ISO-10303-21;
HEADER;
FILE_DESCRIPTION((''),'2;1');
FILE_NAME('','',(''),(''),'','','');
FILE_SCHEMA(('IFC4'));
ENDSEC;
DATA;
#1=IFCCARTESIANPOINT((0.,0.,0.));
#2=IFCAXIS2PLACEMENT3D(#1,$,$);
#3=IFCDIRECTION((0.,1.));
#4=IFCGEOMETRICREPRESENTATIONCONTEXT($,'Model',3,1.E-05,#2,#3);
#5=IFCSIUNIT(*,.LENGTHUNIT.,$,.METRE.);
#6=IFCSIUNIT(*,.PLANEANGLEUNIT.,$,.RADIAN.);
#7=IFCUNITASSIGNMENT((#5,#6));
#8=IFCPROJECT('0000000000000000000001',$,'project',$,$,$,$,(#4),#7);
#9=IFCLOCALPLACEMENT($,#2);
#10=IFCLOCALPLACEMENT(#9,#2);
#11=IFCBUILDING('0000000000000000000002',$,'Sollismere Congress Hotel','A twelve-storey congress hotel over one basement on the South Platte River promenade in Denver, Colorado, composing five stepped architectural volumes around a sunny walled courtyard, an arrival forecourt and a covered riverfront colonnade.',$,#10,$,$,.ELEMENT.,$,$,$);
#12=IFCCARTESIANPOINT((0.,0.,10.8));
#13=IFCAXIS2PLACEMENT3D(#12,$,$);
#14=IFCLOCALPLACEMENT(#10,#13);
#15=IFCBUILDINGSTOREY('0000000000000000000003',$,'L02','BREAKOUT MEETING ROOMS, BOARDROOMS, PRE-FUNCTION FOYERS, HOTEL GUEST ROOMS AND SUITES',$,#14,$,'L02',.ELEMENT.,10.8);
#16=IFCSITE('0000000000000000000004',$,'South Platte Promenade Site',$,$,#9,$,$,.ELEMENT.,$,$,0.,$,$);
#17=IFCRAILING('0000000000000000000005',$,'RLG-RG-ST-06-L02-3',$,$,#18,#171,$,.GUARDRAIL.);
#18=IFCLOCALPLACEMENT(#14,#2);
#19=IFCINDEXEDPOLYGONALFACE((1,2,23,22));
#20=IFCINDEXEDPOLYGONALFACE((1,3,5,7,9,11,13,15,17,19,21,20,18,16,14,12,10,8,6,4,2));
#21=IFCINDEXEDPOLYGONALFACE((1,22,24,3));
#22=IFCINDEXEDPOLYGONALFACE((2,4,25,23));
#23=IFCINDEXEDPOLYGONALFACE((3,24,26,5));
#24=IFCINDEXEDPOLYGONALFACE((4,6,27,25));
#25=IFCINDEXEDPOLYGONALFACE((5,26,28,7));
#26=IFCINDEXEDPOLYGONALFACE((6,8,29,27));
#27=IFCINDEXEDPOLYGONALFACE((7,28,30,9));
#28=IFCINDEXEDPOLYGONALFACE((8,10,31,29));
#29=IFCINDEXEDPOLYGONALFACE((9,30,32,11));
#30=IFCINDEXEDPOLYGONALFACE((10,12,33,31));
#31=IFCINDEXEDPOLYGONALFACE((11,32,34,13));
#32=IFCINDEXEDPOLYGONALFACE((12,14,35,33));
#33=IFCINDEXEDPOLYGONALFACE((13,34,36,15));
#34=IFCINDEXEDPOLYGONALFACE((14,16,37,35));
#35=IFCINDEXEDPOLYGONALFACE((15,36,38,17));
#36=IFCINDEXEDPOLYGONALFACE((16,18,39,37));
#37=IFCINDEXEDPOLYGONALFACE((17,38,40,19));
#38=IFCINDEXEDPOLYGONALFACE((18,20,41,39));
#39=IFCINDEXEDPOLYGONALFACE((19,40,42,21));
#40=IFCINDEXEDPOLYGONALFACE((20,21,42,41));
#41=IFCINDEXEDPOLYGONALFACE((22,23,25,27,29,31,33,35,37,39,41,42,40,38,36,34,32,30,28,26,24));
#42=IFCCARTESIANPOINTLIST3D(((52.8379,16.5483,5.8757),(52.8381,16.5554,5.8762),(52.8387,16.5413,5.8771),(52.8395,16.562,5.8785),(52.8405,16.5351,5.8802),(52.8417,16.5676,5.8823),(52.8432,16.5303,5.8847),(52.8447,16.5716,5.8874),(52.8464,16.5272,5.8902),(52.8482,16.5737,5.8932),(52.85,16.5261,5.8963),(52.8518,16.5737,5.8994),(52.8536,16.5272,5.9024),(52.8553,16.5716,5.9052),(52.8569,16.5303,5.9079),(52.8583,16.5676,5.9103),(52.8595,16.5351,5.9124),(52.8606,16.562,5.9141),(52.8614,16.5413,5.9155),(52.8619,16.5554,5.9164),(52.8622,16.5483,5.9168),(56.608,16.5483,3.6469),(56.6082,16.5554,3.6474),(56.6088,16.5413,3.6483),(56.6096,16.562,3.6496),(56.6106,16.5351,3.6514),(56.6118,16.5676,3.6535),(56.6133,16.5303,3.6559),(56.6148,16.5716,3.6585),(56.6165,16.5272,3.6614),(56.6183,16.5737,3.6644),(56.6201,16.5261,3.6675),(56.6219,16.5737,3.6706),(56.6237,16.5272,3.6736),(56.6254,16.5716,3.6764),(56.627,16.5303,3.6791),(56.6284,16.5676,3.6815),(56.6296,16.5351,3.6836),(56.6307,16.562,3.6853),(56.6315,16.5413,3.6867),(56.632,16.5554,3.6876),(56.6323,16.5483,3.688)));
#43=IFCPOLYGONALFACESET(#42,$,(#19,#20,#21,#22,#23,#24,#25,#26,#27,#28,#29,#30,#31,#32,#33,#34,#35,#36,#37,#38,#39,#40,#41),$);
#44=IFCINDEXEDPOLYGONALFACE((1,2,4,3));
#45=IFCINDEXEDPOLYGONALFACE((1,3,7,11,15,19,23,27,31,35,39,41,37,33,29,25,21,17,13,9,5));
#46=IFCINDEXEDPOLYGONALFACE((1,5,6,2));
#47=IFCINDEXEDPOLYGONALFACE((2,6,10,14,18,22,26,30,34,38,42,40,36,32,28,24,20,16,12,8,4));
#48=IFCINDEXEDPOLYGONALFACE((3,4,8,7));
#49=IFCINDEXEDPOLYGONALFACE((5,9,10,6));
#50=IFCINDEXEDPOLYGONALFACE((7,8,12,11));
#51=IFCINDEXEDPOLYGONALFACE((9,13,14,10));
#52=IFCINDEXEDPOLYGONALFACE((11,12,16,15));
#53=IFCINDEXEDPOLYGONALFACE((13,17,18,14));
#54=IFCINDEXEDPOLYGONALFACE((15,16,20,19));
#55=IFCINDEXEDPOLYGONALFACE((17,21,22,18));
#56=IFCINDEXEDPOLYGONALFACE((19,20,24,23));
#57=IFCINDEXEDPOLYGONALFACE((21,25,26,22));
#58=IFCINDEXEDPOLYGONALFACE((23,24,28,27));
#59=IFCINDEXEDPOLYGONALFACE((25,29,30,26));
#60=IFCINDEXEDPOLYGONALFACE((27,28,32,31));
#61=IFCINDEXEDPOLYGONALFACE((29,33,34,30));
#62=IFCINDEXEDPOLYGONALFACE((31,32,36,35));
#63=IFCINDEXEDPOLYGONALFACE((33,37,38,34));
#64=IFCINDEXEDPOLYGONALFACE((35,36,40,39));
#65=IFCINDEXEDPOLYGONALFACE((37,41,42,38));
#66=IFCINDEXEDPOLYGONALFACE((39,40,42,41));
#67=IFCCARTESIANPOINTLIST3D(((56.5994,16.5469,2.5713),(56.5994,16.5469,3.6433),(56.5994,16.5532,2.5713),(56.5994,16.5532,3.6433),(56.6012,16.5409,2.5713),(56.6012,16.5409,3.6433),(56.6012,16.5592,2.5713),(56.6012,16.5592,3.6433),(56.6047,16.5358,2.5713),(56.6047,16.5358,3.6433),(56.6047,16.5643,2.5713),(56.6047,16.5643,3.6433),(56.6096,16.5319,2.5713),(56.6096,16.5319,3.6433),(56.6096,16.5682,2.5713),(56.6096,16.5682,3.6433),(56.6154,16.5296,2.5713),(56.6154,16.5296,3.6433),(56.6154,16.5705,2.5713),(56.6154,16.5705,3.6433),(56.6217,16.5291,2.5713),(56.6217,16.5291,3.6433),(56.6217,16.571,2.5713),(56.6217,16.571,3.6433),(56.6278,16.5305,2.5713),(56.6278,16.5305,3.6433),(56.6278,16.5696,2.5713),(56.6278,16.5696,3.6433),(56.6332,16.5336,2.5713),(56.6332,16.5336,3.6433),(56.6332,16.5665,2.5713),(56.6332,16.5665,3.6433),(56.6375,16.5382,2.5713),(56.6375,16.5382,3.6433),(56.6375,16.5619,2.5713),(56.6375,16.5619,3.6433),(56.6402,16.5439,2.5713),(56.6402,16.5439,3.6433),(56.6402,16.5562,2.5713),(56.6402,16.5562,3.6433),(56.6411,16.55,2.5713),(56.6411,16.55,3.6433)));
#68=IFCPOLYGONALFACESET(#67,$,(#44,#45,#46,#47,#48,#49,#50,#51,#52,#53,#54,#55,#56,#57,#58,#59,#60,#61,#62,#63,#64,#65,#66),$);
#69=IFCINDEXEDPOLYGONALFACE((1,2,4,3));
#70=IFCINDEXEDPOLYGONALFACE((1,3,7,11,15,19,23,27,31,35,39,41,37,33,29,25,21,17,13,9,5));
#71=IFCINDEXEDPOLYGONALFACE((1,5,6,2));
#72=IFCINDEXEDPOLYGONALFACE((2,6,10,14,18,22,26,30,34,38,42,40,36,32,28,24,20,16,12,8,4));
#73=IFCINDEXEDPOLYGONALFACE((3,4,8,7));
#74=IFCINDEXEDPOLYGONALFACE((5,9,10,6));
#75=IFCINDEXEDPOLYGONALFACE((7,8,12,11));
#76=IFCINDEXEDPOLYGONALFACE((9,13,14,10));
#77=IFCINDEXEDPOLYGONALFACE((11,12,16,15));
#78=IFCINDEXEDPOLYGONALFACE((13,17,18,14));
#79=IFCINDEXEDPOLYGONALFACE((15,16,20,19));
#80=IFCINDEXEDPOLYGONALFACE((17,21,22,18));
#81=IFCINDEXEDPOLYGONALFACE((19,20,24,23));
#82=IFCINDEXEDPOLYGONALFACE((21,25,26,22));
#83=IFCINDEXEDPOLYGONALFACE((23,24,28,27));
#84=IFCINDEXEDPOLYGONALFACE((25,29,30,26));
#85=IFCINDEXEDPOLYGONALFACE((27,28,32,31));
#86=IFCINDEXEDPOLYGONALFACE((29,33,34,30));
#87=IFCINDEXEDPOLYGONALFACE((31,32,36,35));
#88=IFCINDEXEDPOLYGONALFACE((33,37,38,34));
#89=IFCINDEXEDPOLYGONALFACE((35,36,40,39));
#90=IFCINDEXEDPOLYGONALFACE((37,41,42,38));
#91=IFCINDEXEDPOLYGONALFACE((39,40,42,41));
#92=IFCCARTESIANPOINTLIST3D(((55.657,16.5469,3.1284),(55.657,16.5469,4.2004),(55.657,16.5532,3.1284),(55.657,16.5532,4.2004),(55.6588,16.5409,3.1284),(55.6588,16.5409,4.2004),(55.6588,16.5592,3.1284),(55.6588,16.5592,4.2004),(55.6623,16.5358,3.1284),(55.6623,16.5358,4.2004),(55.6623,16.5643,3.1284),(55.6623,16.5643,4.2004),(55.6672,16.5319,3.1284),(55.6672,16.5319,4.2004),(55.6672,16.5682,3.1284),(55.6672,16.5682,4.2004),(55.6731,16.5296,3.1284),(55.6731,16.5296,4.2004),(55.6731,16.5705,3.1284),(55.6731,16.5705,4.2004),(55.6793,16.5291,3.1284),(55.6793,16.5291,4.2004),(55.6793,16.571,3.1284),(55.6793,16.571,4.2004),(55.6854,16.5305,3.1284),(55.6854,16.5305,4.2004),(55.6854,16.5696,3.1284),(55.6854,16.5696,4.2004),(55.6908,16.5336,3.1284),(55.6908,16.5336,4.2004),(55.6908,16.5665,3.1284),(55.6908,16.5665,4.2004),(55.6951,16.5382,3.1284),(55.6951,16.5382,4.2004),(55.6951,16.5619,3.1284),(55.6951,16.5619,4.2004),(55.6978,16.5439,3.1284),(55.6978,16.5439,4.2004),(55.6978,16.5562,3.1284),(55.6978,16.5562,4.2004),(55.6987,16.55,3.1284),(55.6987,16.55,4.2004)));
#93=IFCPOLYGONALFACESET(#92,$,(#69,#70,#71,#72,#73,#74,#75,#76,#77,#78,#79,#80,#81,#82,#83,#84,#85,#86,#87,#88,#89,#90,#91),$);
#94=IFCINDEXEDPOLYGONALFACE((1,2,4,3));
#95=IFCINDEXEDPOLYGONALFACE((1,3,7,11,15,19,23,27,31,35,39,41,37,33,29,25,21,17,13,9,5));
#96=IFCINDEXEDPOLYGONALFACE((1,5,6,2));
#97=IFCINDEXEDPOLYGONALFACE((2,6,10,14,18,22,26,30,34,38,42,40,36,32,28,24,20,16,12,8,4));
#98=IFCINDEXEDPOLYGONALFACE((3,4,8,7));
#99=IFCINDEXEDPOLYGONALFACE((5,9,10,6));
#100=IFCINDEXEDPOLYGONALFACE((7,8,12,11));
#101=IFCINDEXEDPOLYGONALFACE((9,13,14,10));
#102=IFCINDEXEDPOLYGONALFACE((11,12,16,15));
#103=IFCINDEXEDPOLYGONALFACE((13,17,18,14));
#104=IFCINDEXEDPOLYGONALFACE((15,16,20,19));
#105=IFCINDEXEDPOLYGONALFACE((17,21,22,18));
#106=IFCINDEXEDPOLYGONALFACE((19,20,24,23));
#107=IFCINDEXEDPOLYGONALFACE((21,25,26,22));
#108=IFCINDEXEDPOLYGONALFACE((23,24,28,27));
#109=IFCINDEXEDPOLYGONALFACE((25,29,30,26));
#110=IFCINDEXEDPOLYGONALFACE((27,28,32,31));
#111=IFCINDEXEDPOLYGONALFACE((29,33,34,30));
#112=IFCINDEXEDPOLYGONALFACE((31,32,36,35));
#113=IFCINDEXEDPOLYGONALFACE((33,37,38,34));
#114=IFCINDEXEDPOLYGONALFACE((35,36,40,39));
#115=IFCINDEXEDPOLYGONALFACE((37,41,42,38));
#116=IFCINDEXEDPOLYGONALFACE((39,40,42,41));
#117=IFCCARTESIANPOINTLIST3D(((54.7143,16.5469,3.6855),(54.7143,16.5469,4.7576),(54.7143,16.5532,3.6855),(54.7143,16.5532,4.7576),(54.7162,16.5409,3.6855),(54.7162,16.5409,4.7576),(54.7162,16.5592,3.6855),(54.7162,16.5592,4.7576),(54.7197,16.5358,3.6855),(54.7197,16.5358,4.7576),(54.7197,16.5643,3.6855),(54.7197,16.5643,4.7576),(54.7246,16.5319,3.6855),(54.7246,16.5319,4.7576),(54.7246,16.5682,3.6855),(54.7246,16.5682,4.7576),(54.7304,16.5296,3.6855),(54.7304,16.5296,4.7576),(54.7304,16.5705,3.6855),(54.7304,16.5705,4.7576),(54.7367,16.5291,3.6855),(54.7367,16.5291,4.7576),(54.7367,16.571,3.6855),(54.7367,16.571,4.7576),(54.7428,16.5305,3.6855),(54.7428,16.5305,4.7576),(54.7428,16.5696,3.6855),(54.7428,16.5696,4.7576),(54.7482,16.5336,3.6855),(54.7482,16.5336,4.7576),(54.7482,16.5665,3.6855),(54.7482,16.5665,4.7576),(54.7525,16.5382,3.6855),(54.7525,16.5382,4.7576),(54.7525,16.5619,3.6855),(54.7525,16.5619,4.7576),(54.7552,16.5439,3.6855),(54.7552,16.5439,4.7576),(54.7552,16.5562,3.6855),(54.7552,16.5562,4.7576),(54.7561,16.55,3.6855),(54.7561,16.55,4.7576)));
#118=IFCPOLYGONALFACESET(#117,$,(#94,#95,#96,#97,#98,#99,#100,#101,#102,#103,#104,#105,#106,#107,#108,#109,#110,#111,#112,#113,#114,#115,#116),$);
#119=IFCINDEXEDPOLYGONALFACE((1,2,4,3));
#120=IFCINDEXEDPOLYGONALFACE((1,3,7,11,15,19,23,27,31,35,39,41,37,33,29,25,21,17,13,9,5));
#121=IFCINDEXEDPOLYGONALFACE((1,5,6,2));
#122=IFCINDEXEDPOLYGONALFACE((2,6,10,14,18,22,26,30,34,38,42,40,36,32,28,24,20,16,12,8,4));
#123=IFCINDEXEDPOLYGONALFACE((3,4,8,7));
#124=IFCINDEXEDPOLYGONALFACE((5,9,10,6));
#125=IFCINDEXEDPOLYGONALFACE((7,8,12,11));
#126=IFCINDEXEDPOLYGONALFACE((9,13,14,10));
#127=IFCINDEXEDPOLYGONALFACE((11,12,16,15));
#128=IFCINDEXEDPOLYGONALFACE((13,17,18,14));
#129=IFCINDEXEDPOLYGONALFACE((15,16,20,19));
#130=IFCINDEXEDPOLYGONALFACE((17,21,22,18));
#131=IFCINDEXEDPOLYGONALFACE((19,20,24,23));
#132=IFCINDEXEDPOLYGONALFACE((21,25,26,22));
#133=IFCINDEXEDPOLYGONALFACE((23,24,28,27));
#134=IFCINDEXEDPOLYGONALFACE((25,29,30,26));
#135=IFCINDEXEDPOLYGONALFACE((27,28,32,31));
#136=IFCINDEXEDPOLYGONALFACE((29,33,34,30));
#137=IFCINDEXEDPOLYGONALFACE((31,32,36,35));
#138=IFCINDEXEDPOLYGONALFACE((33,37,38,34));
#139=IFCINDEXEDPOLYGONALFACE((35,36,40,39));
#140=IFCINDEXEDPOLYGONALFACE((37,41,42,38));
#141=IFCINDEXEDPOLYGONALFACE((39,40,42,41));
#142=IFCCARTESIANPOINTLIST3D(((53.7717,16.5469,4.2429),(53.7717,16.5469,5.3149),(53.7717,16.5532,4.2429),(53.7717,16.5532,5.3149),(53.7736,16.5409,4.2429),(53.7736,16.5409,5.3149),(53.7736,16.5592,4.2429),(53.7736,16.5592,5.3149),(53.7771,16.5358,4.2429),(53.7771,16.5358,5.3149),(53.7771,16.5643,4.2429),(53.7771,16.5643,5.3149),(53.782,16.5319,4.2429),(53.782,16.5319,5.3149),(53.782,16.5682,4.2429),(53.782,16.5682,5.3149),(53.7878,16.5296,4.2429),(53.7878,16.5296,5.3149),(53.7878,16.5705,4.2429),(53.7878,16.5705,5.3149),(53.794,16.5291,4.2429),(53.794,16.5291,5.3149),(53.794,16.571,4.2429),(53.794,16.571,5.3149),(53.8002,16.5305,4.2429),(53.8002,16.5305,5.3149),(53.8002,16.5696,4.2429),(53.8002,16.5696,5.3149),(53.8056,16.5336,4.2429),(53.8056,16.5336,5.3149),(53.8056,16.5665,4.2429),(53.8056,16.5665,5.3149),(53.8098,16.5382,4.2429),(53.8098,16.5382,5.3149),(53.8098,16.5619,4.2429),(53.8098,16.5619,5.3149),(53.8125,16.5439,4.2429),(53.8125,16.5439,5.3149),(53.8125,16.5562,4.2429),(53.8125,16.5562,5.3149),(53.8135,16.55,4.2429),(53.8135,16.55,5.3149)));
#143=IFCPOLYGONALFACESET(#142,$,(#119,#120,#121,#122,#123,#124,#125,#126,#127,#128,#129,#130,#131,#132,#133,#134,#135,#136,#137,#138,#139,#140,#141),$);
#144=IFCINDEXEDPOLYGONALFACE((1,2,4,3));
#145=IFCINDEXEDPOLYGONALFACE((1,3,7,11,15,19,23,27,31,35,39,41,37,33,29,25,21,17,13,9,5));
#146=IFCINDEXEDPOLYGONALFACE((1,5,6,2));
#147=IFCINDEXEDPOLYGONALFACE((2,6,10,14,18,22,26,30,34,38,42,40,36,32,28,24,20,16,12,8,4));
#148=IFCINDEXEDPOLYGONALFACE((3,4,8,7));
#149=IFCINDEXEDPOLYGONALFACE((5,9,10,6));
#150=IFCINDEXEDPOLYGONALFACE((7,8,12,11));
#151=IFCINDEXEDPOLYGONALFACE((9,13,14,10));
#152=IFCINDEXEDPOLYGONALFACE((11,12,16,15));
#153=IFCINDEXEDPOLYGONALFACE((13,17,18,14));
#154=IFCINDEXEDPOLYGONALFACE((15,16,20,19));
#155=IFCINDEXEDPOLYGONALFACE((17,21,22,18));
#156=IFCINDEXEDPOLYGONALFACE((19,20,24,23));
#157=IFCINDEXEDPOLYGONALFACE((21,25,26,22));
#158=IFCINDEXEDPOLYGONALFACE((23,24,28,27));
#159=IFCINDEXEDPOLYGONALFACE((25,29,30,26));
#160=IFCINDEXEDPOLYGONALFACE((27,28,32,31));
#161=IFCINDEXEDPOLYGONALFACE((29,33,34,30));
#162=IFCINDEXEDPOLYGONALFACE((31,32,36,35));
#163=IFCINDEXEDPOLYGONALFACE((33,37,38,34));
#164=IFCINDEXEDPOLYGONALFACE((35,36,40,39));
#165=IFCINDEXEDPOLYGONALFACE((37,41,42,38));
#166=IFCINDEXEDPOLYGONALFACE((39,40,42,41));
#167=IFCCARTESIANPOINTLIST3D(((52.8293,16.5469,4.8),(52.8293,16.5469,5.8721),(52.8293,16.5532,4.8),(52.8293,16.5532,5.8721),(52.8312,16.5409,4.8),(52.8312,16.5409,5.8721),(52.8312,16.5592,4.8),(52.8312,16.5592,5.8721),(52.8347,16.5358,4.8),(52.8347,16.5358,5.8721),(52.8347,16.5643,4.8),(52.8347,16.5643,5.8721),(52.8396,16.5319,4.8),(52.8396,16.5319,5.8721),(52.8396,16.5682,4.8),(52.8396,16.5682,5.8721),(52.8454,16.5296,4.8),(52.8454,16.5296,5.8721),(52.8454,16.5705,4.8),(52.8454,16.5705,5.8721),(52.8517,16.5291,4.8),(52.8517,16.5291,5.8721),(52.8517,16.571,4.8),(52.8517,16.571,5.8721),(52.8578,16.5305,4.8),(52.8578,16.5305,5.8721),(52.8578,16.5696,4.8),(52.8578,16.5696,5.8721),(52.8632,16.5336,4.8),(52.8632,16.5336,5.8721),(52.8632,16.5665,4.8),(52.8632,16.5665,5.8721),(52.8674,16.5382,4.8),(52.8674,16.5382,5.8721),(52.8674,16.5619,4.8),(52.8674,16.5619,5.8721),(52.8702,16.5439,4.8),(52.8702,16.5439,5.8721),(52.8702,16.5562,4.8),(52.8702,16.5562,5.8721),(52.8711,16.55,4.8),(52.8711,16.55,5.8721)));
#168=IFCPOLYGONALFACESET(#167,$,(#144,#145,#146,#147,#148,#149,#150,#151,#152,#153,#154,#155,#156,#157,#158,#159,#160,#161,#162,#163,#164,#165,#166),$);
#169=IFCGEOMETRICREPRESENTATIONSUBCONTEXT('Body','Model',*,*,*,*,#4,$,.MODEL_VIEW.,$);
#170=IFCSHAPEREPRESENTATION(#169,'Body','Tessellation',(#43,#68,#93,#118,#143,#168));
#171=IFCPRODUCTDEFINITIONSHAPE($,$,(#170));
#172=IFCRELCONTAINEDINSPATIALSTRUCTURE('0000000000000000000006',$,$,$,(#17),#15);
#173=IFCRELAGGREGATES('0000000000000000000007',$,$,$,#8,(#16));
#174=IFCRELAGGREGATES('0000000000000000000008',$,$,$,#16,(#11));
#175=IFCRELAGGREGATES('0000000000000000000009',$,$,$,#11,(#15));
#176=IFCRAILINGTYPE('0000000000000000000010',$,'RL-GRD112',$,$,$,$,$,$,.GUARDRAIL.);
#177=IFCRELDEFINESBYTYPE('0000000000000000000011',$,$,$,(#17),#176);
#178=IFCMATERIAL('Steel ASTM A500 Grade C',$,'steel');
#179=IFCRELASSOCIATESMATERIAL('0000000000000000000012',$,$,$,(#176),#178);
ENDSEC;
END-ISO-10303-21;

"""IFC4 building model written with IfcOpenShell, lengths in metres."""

from ifc_helpers import new_model, si_unit, direction, frame, origin, origin_2d, place, context, subcontext, project, spatial, circle, extrude, material, type_object, element, save


model = new_model("IFC4")

# Units and contexts
model_context = context("Model", 3, precision=1e-05, world=origin(), true_north=direction((0.0, 1.0)))
body_context = subcontext(model_context, "Body", "Model", "MODEL_VIEW")
ifc_project = project(units=[si_unit("LENGTHUNIT", "METRE"), si_unit("PLANEANGLEUNIT", "RADIAN")], contexts=[model_context])

# Site, building, storey
site_placement = place(None, origin())
site = spatial("IfcSite", under=ifc_project, at=site_placement, Name="South Platte Promenade Site", CompositionType="ELEMENT", RefElevation=0.0)
building_placement = place(site_placement, origin())
building = spatial("IfcBuilding", under=site, at=building_placement, Name="Sollismere Congress Hotel", Description="A twelve-storey congress hotel over one basement on the South Platte River promenade in Denver, Colorado, composing five stepped architectural volumes around a sunny walled courtyard, an arrival forecourt and a covered riverfront colonnade.", CompositionType="ELEMENT")
storey_placement = place(building_placement, frame((0.0, 0.0, 10.8)))
storey = spatial("IfcBuildingStorey", under=building, at=storey_placement, Name="L02", Description="BREAKOUT MEETING ROOMS, BOARDROOMS, PRE-FUNCTION FOYERS, HOTEL GUEST ROOMS AND SUITES", LongName="L02", CompositionType="ELEMENT", Elevation=10.8)

# Railing
ifc_material_1 = material(Name="Steel ASTM A500 Grade C", Category="steel")
railing_type_1 = type_object("IfcRailingType", Name="RL-GRD112", PredefinedType="GUARDRAIL", material=ifc_material_1)
railing_1_placement = place(storey_placement, frame((56.6201, 16.55, 2.5713)))
element("IfcRailing", 1, at=railing_1_placement, inside=storey, type_object=railing_type_1, Name="RLG-RG-ST-06-L02-3", PredefinedType="GUARDRAIL", context=body_context, shape_type="SweptSolid", body=[
    extrude(circle(Radius=0.0239, at=origin_2d()), frame((0.0, 0.0, 1.0962), z_axis=(-0.860824, 0.0, 0.508902), x_axis=(0.0, -1.0, 0.0)), (0.0, 0.0, 1.0), 4.3796),
    extrude(circle(Radius=0.021, at=origin_2d()), origin(), (0.0, 0.0, 1.0), 1.072),
    extrude(circle(Radius=0.021, at=origin_2d()), frame((-0.9424, 0.0, 0.5571)), (0.0, 0.0, 1.0), 1.072),
    extrude(circle(Radius=0.021, at=origin_2d()), frame((-1.885, 0.0, 1.1143)), (0.0, 0.0, 1.0), 1.072),
    extrude(circle(Radius=0.021, at=origin_2d()), frame((-2.8276, 0.0, 1.6716)), (0.0, 0.0, 1.0), 1.072),
    extrude(circle(Radius=0.021, at=origin_2d()), frame((-3.77, 0.0, 2.2288)), (0.0, 0.0, 1.0), 1.072),
])

save(model, "model.ifc")
